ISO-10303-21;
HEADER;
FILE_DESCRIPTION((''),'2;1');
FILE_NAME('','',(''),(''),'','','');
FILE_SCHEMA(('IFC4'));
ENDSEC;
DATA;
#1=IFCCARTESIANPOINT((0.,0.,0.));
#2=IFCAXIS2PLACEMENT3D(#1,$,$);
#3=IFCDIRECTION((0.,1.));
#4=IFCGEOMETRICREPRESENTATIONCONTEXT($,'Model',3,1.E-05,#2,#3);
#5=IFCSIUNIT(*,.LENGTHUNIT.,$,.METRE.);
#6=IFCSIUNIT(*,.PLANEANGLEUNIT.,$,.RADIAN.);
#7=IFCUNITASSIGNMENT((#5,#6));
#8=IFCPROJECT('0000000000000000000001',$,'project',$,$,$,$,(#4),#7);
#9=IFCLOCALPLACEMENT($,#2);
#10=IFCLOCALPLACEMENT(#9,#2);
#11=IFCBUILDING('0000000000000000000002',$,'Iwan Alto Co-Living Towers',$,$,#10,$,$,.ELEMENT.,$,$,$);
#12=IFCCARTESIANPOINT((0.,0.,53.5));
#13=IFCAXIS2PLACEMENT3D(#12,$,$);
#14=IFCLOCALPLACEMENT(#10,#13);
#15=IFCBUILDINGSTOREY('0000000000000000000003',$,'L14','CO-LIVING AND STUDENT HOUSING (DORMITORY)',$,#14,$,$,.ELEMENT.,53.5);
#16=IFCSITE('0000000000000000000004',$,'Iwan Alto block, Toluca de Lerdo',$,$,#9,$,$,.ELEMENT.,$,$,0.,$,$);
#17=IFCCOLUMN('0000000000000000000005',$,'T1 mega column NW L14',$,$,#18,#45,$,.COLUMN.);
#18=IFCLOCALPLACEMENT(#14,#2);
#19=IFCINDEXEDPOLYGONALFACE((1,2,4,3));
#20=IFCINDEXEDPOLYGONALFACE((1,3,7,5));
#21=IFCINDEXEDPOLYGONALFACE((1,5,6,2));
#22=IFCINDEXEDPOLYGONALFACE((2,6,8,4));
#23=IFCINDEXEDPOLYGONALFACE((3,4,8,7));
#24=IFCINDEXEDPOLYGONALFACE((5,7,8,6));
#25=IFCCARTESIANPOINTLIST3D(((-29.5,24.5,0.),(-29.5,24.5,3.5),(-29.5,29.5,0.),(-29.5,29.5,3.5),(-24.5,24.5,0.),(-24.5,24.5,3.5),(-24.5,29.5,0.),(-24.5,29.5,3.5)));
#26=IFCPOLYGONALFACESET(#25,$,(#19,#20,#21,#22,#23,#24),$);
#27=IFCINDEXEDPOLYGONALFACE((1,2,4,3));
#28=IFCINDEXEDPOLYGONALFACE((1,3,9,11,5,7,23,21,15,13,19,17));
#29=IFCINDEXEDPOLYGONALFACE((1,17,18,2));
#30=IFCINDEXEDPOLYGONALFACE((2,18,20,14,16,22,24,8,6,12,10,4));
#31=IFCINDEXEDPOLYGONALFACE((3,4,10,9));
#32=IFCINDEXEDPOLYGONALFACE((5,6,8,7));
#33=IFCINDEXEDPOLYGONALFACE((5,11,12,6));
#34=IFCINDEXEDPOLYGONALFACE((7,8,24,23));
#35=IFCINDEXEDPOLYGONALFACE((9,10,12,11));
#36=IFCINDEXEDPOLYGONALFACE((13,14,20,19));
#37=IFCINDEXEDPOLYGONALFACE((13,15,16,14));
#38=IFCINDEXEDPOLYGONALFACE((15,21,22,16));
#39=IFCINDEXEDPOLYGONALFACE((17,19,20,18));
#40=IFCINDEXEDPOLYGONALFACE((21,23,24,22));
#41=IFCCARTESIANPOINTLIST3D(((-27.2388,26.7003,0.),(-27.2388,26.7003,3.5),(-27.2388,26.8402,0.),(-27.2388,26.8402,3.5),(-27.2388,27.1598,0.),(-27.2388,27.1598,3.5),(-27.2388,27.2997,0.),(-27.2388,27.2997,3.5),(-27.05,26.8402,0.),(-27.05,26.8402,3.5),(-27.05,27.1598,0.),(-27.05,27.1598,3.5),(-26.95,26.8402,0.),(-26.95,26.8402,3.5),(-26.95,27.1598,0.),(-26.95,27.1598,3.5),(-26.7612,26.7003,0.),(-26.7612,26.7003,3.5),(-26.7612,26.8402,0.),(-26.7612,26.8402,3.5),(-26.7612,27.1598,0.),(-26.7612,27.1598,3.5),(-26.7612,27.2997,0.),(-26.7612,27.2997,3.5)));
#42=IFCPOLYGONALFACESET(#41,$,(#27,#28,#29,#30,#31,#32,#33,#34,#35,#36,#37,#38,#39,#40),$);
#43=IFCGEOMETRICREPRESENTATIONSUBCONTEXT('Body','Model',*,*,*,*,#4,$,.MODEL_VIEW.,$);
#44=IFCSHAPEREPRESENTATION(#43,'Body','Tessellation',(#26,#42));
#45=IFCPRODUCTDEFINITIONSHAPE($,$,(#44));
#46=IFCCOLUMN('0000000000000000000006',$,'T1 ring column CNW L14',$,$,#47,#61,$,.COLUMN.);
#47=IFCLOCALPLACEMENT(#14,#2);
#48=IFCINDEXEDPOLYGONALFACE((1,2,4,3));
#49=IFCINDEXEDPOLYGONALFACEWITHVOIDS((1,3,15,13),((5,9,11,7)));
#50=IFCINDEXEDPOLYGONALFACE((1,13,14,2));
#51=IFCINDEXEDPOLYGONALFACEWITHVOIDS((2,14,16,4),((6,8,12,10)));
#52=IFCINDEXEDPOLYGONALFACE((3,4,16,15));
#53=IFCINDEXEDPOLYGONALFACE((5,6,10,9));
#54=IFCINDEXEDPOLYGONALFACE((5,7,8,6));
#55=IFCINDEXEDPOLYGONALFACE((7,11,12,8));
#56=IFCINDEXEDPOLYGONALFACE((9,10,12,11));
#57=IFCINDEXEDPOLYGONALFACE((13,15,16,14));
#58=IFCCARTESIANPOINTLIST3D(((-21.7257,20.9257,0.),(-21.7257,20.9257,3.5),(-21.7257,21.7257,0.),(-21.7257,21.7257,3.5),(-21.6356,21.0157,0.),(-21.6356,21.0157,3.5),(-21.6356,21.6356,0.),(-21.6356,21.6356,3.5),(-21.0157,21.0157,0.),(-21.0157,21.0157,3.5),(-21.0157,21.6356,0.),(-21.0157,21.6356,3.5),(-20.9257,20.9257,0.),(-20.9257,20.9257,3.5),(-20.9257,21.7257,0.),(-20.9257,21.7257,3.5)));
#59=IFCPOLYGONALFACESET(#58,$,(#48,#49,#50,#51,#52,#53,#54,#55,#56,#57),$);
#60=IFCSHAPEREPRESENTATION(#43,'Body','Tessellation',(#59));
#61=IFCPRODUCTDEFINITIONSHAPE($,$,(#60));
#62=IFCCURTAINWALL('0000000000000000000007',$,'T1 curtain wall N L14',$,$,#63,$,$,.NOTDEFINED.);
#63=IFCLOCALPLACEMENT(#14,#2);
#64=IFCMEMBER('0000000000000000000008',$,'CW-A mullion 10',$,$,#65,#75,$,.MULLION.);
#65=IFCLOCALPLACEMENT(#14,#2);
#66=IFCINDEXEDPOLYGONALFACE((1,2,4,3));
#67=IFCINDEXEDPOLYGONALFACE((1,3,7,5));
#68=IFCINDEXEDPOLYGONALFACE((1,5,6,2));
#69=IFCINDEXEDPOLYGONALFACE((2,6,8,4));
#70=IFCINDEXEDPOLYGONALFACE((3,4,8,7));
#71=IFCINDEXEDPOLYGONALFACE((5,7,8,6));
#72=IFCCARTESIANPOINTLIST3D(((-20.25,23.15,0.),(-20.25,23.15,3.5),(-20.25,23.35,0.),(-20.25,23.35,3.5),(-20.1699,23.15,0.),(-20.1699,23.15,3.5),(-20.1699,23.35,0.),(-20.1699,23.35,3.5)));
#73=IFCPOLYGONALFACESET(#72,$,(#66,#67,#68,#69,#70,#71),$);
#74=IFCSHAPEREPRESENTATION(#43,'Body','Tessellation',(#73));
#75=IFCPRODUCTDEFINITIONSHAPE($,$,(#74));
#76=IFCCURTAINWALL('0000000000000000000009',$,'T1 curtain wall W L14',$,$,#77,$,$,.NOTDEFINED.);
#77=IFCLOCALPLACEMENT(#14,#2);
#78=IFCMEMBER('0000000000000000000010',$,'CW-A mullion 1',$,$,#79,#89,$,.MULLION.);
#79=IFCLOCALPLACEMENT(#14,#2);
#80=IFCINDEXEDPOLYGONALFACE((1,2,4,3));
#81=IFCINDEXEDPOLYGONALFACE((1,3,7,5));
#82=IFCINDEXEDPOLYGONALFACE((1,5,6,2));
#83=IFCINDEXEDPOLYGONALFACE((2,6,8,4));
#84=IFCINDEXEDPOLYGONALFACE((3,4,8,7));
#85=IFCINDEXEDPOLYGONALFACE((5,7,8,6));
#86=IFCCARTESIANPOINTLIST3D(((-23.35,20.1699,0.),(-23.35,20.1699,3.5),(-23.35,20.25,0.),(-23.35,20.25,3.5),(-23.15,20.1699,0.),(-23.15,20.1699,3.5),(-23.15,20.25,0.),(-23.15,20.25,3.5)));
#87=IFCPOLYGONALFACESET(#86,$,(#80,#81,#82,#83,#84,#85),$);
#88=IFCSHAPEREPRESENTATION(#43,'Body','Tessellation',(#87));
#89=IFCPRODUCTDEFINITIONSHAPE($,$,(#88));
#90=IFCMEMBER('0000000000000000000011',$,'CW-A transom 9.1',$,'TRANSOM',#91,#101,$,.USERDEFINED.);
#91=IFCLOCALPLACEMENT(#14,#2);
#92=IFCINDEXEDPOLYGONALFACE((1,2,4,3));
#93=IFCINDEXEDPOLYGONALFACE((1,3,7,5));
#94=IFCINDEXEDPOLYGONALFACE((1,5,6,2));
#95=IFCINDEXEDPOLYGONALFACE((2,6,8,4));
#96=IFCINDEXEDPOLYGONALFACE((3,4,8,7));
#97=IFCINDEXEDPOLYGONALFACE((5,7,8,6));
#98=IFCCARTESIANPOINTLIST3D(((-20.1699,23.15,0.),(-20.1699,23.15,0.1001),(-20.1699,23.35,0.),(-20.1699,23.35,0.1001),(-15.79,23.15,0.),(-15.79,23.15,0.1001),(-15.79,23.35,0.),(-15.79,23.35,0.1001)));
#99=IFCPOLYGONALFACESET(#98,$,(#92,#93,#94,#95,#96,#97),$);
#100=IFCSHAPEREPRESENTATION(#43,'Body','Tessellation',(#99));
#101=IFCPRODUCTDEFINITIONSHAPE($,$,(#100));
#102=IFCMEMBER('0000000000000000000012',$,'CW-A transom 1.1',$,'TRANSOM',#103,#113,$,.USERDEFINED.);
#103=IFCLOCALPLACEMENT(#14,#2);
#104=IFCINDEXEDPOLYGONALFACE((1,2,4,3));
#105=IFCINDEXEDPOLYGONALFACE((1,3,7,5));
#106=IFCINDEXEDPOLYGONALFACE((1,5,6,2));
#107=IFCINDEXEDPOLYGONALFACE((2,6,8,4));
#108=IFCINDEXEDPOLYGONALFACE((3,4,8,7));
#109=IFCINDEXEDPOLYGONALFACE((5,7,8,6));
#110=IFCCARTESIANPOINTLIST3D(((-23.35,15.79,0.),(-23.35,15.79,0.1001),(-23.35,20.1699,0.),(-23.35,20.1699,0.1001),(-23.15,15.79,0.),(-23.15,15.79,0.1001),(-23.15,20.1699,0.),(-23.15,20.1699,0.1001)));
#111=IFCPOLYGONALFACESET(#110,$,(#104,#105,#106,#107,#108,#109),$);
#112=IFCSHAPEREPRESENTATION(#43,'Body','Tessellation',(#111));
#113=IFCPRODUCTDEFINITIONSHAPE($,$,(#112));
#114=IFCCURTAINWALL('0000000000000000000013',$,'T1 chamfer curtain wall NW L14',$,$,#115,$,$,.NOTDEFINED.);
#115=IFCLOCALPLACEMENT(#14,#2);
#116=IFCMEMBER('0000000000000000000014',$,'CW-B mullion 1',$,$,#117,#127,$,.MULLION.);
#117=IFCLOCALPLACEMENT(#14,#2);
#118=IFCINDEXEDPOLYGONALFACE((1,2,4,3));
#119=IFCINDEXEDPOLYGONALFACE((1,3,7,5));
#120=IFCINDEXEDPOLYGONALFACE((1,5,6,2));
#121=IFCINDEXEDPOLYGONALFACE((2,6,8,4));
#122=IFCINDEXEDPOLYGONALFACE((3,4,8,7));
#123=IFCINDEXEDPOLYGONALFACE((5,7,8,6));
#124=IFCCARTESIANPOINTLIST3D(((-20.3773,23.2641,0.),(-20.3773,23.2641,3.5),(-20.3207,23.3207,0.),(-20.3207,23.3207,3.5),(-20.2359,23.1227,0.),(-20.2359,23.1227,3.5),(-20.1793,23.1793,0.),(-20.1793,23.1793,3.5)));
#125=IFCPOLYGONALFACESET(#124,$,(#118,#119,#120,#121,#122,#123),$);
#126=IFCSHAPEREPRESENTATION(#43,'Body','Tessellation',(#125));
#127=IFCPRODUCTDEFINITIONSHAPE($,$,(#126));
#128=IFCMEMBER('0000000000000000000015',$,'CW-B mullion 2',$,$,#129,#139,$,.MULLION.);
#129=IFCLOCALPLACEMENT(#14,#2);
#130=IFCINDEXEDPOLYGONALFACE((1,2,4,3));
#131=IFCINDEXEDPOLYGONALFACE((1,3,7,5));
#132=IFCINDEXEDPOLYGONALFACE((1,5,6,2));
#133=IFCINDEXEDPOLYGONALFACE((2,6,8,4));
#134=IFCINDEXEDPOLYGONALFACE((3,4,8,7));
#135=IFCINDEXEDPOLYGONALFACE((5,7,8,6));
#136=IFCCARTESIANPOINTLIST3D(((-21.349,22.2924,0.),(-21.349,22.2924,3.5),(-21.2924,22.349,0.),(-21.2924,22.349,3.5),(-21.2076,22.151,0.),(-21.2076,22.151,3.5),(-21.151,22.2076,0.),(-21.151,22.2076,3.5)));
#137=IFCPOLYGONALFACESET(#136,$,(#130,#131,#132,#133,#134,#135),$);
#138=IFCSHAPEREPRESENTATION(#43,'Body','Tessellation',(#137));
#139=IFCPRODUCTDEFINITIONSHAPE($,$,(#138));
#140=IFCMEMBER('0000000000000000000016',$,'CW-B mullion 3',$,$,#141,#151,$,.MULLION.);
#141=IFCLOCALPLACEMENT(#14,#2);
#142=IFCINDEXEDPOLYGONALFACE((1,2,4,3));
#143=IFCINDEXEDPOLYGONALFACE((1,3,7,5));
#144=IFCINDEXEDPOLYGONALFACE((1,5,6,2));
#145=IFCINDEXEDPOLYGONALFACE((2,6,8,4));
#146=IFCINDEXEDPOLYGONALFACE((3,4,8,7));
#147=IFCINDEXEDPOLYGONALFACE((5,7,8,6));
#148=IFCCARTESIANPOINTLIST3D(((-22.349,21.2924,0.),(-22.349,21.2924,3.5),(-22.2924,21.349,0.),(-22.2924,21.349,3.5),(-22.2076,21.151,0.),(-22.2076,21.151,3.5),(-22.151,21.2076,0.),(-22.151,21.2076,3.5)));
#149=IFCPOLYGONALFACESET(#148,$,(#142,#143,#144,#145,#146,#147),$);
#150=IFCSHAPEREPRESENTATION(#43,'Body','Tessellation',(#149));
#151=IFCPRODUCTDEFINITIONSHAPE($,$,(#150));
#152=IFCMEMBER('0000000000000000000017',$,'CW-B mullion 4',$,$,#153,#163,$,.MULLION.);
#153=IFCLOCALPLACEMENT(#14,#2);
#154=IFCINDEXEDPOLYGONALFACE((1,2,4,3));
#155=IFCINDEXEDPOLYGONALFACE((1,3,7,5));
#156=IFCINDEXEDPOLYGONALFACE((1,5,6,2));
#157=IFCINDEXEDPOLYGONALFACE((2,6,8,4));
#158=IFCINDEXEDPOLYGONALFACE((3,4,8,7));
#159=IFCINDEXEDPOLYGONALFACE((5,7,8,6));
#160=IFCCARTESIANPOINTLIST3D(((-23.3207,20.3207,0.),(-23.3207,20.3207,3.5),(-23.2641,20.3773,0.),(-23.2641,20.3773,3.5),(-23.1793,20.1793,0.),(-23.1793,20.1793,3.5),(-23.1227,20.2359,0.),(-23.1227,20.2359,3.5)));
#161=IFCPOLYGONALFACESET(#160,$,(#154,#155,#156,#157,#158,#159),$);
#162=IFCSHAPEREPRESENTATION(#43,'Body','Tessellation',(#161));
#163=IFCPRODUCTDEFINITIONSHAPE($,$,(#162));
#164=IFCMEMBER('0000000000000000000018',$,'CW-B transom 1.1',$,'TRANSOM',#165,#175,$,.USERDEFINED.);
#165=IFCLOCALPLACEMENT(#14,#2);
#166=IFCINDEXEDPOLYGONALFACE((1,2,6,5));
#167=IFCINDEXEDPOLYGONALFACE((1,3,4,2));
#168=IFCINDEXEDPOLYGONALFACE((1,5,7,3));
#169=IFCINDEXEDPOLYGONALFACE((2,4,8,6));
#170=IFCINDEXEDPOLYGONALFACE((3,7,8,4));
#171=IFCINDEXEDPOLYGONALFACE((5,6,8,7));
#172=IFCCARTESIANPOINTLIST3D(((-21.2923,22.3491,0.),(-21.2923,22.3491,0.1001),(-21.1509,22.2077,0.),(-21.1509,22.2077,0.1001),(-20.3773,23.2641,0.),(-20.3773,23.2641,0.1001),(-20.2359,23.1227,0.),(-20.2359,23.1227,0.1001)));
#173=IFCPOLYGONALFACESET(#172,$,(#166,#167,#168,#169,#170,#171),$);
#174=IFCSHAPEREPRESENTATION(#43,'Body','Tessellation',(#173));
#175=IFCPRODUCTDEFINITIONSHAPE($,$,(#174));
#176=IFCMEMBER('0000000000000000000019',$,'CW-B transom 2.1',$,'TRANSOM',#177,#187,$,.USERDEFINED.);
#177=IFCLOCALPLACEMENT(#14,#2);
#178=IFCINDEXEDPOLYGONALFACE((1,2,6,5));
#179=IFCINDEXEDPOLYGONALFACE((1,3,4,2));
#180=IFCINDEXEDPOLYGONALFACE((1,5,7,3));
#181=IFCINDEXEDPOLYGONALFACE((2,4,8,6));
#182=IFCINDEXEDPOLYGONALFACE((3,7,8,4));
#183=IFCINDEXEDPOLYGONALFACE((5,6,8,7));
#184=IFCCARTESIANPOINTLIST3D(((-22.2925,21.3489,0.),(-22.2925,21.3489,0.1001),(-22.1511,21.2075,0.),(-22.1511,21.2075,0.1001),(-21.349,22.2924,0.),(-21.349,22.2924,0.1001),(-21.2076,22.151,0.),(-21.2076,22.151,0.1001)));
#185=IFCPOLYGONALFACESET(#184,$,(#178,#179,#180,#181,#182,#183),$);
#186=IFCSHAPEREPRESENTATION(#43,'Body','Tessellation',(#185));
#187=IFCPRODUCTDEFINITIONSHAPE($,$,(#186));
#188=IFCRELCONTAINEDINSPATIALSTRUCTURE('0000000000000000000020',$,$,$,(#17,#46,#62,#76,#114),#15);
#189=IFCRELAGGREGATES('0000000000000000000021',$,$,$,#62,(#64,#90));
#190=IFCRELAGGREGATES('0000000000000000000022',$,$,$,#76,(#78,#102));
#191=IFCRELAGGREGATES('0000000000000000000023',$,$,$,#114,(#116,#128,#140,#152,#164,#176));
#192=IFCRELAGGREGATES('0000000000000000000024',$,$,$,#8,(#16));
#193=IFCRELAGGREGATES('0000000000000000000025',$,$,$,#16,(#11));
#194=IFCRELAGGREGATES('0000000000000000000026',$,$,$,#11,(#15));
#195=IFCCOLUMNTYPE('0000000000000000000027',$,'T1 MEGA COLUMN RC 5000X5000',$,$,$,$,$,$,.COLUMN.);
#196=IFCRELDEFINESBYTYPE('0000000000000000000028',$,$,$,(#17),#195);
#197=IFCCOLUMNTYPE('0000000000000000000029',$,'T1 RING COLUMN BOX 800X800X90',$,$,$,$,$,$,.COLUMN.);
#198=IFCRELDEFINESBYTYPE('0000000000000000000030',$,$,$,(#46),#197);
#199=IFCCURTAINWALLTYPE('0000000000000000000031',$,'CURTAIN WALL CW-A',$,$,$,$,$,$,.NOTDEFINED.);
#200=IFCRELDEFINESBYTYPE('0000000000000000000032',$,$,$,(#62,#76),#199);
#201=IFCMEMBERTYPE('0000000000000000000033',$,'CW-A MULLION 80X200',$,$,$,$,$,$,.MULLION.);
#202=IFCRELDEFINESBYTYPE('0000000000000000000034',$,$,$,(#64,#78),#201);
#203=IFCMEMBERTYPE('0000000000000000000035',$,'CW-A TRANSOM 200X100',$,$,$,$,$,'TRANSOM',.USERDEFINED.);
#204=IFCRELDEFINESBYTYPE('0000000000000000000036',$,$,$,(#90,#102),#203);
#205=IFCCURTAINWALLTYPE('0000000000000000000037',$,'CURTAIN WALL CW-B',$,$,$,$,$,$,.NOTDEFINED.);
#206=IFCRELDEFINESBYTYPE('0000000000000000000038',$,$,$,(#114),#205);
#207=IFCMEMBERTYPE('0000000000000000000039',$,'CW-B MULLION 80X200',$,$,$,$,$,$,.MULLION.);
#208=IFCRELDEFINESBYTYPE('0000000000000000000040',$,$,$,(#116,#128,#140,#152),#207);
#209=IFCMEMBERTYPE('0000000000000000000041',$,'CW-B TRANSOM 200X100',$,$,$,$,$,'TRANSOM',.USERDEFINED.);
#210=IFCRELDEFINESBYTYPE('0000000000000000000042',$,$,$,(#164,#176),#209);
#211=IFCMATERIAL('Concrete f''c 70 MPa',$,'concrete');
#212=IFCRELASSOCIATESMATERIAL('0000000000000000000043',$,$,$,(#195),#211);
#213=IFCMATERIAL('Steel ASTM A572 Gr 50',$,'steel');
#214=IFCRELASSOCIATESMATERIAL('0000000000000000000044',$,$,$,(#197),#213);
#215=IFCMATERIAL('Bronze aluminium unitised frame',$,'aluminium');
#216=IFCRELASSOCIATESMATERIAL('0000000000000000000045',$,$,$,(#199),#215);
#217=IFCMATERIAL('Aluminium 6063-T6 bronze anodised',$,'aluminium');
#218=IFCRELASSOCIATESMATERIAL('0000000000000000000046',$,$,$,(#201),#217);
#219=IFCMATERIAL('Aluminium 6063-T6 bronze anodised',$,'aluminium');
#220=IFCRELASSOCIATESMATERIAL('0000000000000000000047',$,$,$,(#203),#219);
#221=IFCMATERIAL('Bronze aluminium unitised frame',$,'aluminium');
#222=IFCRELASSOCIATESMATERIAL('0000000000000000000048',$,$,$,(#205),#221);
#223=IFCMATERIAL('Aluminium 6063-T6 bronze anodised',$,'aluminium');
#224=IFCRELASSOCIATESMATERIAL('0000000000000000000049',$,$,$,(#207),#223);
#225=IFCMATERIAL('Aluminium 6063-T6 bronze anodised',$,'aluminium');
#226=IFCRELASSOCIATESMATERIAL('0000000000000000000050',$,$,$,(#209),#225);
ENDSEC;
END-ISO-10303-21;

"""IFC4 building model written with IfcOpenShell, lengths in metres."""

from ifc_helpers import new_model, si_unit, direction, frame, origin, origin_2d, place, context, subcontext, project, spatial, rectangle, hollow_rectangle, i_section, extrude, material, material_profile, profile_set, type_object, element, aggregate, save


model = new_model("IFC4")

# Units and contexts
model_context = context("Model", 3, precision=1e-05, world=origin(), true_north=direction((0.0, 1.0)))
body_context = subcontext(model_context, "Body", "Model", "MODEL_VIEW")
ifc_project = project(units=[si_unit("LENGTHUNIT", "METRE"), si_unit("PLANEANGLEUNIT", "RADIAN")], contexts=[model_context])

# Site, building, storey
site_placement = place(None, origin())
site = spatial("IfcSite", under=ifc_project, at=site_placement, Name="Iwan Alto block, Toluca de Lerdo", CompositionType="ELEMENT", RefElevation=0.0)
building_placement = place(site_placement, origin())
building = spatial("IfcBuilding", under=site, at=building_placement, Name="Iwan Alto Co-Living Towers", CompositionType="ELEMENT")
storey_placement = place(building_placement, frame((0.0, 0.0, 53.5)))
storey = spatial("IfcBuildingStorey", under=building, at=storey_placement, Name="L14", Description="CO-LIVING AND STUDENT HOUSING (DORMITORY)", CompositionType="ELEMENT", Elevation=53.5)

# Columns
ifc_material_1 = material(Name="Concrete f'c 70 MPa", Category="concrete")
ifc_material_profile_1 = material_profile(ifc_material_1, rectangle(XDim=5.0, YDim=5.0, at=origin_2d()), Name="RC 5000X5000")
ifc_profile_set_1 = profile_set([ifc_material_profile_1], Name="Concrete f'c 70 MPa")
column_type_1 = type_object("IfcColumnType", Name="T1 MEGA COLUMN RC 5000X5000", PredefinedType="COLUMN", material=ifc_profile_set_1)
column_1_placement = place(storey_placement, frame((-27.0, 27.0, 0.0), z_axis=(0.0, 0.0, 1.0), x_axis=(1.0, 0.0, 0.0)))
element("IfcColumn", 1, at=column_1_placement, inside=storey, type_object=column_type_1, Name="T1 mega column NW L14", PredefinedType="COLUMN", context=body_context, shape_type="SweptSolid", body=[
    extrude(rectangle(XDim=5.0, YDim=5.0, at=origin_2d()), origin(), (0.0, 0.0, 1.0), 3.5),
    extrude(i_section(OverallWidth=0.4775, OverallDepth=0.5994, WebThickness=0.1001, FlangeThickness=0.1399, at=origin_2d()), origin(), (0.0, 0.0, 1.0), 3.5),
])
ifc_material_2 = material(Name="Steel ASTM A572 Gr 50", Category="steel")
ifc_material_profile_2 = material_profile(ifc_material_2, hollow_rectangle(XDim=0.8, YDim=0.8, WallThickness=0.0901, at=origin_2d()), Name="BOX 800X800X90")
ifc_profile_set_2 = profile_set([ifc_material_profile_2], Name="Steel ASTM A572 Gr 50")
column_type_2 = type_object("IfcColumnType", Name="T1 RING COLUMN BOX 800X800X90", PredefinedType="COLUMN", material=ifc_profile_set_2)
column_2_placement = place(storey_placement, frame((-21.3257, 21.3257, 0.0), z_axis=(0.0, 0.0, 1.0), x_axis=(1.0, 0.0, 0.0)))
element("IfcColumn", 2, at=column_2_placement, inside=storey, type_object=column_type_2, Name="T1 ring column CNW L14", PredefinedType="COLUMN", context=body_context, shape_type="SweptSolid", body=[
    extrude(hollow_rectangle(XDim=0.8, YDim=0.8, WallThickness=0.0901, at=origin_2d()), origin(), (0.0, 0.0, 1.0), 3.5),
])

# Curtain walls, members
ifc_material_3 = material(Name="Bronze aluminium unitised frame", Category="aluminium")
curtain_wall_type_1 = type_object("IfcCurtainWallType", Name="CURTAIN WALL CW-A", PredefinedType="NOTDEFINED", material=ifc_material_3)
curtain_wall_1_placement = place(storey_placement, origin())
curtain_wall_1 = element("IfcCurtainWall", 3, at=curtain_wall_1_placement, inside=storey, type_object=curtain_wall_type_1, Name="T1 curtain wall N L14", PredefinedType="NOTDEFINED")
ifc_material_4 = material(Name="Aluminium 6063-T6 bronze anodised", Category="aluminium")
ifc_material_profile_3 = material_profile(ifc_material_4, rectangle(XDim=0.2, YDim=0.0801, at=origin_2d()), Name="AL 80X200")
ifc_profile_set_3 = profile_set([ifc_material_profile_3], Name="Aluminium 6063-T6 bronze anodised")
member_type_1 = type_object("IfcMemberType", Name="CW-A MULLION 80X200", PredefinedType="MULLION", material=ifc_profile_set_3)
member_1_placement = place(storey_placement, frame((-20.21, 23.25, 0.0), z_axis=(0.0, 0.0, 1.0), x_axis=(0.0, -1.0, 0.0)))
member_1 = element("IfcMember", 4, at=member_1_placement, type_object=member_type_1, Name="CW-A mullion 10", PredefinedType="MULLION", context=body_context, shape_type="SweptSolid", body=[
    extrude(rectangle(XDim=0.2, YDim=0.0801, at=origin_2d()), origin(), (0.0, 0.0, 1.0), 3.5),
])
curtain_wall_2_placement = place(storey_placement, origin())
curtain_wall_2 = element("IfcCurtainWall", 5, at=curtain_wall_2_placement, inside=storey, type_object=curtain_wall_type_1, Name="T1 curtain wall W L14", PredefinedType="NOTDEFINED")
member_2_placement = place(storey_placement, frame((-23.25, 20.21, 0.0), z_axis=(0.0, 0.0, 1.0), x_axis=(1.0, 0.0, 0.0)))
member_2 = element("IfcMember", 6, at=member_2_placement, type_object=member_type_1, Name="CW-A mullion 1", PredefinedType="MULLION", context=body_context, shape_type="SweptSolid", body=[
    extrude(rectangle(XDim=0.2, YDim=0.0801, at=origin_2d()), origin(), (0.0, 0.0, 1.0), 3.5),
])

# Members
ifc_material_5 = material(Name="Aluminium 6063-T6 bronze anodised", Category="aluminium")
ifc_material_profile_4 = material_profile(ifc_material_5, rectangle(XDim=0.2, YDim=0.1001, at=origin_2d()), Name="AL 200X100")
ifc_profile_set_4 = profile_set([ifc_material_profile_4], Name="Aluminium 6063-T6 bronze anodised")
member_type_2 = type_object("IfcMemberType", Name="CW-A TRANSOM 200X100", ElementType="TRANSOM", PredefinedType="USERDEFINED", material=ifc_profile_set_4)
member_3_placement = place(storey_placement, frame((-15.79, 23.25, 0.05), z_axis=(-1.0, 0.0, 0.0), x_axis=(0.0, -1.0, 0.0)))
member_3 = element("IfcMember", 7, at=member_3_placement, type_object=member_type_2, Name="CW-A transom 9.1", ObjectType="TRANSOM", PredefinedType="USERDEFINED", context=body_context, shape_type="SweptSolid", body=[
    extrude(rectangle(XDim=0.2, YDim=0.1001, at=origin_2d()), origin(), (0.0, 0.0, 1.0), 4.3799),
])
member_4_placement = place(storey_placement, frame((-23.25, 20.1699, 0.05), z_axis=(0.0, -1.0, 0.0), x_axis=(1.0, 0.0, 0.0)))
member_4 = element("IfcMember", 8, at=member_4_placement, type_object=member_type_2, Name="CW-A transom 1.1", ObjectType="TRANSOM", PredefinedType="USERDEFINED", context=body_context, shape_type="SweptSolid", body=[
    extrude(rectangle(XDim=0.2, YDim=0.1001, at=origin_2d()), origin(), (0.0, 0.0, 1.0), 4.3799),
])

# Curtain wall, members
ifc_material_6 = material(Name="Bronze aluminium unitised frame", Category="aluminium")
curtain_wall_type_2 = type_object("IfcCurtainWallType", Name="CURTAIN WALL CW-B", PredefinedType="NOTDEFINED", material=ifc_material_6)
curtain_wall_3_placement = place(storey_placement, origin())
curtain_wall_3 = element("IfcCurtainWall", 9, at=curtain_wall_3_placement, inside=storey, type_object=curtain_wall_type_2, Name="T1 chamfer curtain wall NW L14", PredefinedType="NOTDEFINED")
ifc_material_7 = material(Name="Aluminium 6063-T6 bronze anodised", Category="aluminium")
ifc_material_profile_5 = material_profile(ifc_material_7, rectangle(XDim=0.2, YDim=0.0801, at=origin_2d()), Name="AL 80X200")
ifc_profile_set_5 = profile_set([ifc_material_profile_5], Name="Aluminium 6063-T6 bronze anodised")
member_type_3 = type_object("IfcMemberType", Name="CW-B MULLION 80X200", PredefinedType="MULLION", material=ifc_profile_set_5)
member_5_placement = place(storey_placement, frame((-20.2783, 23.2217, 0.0), z_axis=(0.0, 0.0, 1.0), x_axis=(0.707107, -0.707107, 0.0)))
member_5 = element("IfcMember", 10, at=member_5_placement, type_object=member_type_3, Name="CW-B mullion 1", PredefinedType="MULLION", context=body_context, shape_type="SweptSolid", body=[
    extrude(rectangle(XDim=0.2, YDim=0.0801, at=origin_2d()), origin(), (0.0, 0.0, 1.0), 3.5),
])
member_6_placement = place(storey_placement, frame((-21.25, 22.25, 0.0), z_axis=(0.0, 0.0, 1.0), x_axis=(0.707107, -0.707107, 0.0)))
member_6 = element("IfcMember", 11, at=member_6_placement, type_object=member_type_3, Name="CW-B mullion 2", PredefinedType="MULLION", context=body_context, shape_type="SweptSolid", body=[
    extrude(rectangle(XDim=0.2, YDim=0.0801, at=origin_2d()), origin(), (0.0, 0.0, 1.0), 3.5),
])
member_7_placement = place(storey_placement, frame((-22.25, 21.25, 0.0), z_axis=(0.0, 0.0, 1.0), x_axis=(0.707107, -0.707107, 0.0)))
member_7 = element("IfcMember", 12, at=member_7_placement, type_object=member_type_3, Name="CW-B mullion 3", PredefinedType="MULLION", context=body_context, shape_type="SweptSolid", body=[
    extrude(rectangle(XDim=0.2, YDim=0.0801, at=origin_2d()), origin(), (0.0, 0.0, 1.0), 3.5),
])
member_8_placement = place(storey_placement, frame((-23.2217, 20.2783, 0.0), z_axis=(0.0, 0.0, 1.0), x_axis=(0.707107, -0.707107, 0.0)))
member_8 = element("IfcMember", 13, at=member_8_placement, type_object=member_type_3, Name="CW-B mullion 4", PredefinedType="MULLION", context=body_context, shape_type="SweptSolid", body=[
    extrude(rectangle(XDim=0.2, YDim=0.0801, at=origin_2d()), origin(), (0.0, 0.0, 1.0), 3.5),
])
ifc_material_8 = material(Name="Aluminium 6063-T6 bronze anodised", Category="aluminium")
ifc_material_profile_6 = material_profile(ifc_material_8, rectangle(XDim=0.2, YDim=0.1001, at=origin_2d()), Name="AL 200X100")
ifc_profile_set_6 = profile_set([ifc_material_profile_6], Name="Aluminium 6063-T6 bronze anodised")
member_type_4 = type_object("IfcMemberType", Name="CW-B TRANSOM 200X100", ElementType="TRANSOM", PredefinedType="USERDEFINED", material=ifc_profile_set_6)
member_9_placement = place(storey_placement, frame((-20.3066, 23.1934, 0.05), z_axis=(-0.707107, -0.707107, 0.0), x_axis=(0.707107, -0.707107, 0.0)))
member_9 = element("IfcMember", 14, at=member_9_placement, type_object=member_type_4, Name="CW-B transom 1.1", ObjectType="TRANSOM", PredefinedType="USERDEFINED", context=body_context, shape_type="SweptSolid", body=[
    extrude(rectangle(XDim=0.2, YDim=0.1001, at=origin_2d()), origin(), (0.0, 0.0, 1.0), 1.2939),
])
member_10_placement = place(storey_placement, frame((-21.2783, 22.2217, 0.05), z_axis=(-0.707107, -0.707107, 0.0), x_axis=(0.707107, -0.707107, 0.0)))
member_10 = element("IfcMember", 15, at=member_10_placement, type_object=member_type_4, Name="CW-B transom 2.1", ObjectType="TRANSOM", PredefinedType="USERDEFINED", context=body_context, shape_type="SweptSolid", body=[
    extrude(rectangle(XDim=0.2, YDim=0.1001, at=origin_2d()), origin(), (0.0, 0.0, 1.0), 1.3342),
])

aggregate(curtain_wall_1, [member_1, member_3])
aggregate(curtain_wall_2, [member_2, member_4])
aggregate(curtain_wall_3, [member_5, member_6, member_7, member_8, member_9, member_10])

save(model, "model.ifc")
